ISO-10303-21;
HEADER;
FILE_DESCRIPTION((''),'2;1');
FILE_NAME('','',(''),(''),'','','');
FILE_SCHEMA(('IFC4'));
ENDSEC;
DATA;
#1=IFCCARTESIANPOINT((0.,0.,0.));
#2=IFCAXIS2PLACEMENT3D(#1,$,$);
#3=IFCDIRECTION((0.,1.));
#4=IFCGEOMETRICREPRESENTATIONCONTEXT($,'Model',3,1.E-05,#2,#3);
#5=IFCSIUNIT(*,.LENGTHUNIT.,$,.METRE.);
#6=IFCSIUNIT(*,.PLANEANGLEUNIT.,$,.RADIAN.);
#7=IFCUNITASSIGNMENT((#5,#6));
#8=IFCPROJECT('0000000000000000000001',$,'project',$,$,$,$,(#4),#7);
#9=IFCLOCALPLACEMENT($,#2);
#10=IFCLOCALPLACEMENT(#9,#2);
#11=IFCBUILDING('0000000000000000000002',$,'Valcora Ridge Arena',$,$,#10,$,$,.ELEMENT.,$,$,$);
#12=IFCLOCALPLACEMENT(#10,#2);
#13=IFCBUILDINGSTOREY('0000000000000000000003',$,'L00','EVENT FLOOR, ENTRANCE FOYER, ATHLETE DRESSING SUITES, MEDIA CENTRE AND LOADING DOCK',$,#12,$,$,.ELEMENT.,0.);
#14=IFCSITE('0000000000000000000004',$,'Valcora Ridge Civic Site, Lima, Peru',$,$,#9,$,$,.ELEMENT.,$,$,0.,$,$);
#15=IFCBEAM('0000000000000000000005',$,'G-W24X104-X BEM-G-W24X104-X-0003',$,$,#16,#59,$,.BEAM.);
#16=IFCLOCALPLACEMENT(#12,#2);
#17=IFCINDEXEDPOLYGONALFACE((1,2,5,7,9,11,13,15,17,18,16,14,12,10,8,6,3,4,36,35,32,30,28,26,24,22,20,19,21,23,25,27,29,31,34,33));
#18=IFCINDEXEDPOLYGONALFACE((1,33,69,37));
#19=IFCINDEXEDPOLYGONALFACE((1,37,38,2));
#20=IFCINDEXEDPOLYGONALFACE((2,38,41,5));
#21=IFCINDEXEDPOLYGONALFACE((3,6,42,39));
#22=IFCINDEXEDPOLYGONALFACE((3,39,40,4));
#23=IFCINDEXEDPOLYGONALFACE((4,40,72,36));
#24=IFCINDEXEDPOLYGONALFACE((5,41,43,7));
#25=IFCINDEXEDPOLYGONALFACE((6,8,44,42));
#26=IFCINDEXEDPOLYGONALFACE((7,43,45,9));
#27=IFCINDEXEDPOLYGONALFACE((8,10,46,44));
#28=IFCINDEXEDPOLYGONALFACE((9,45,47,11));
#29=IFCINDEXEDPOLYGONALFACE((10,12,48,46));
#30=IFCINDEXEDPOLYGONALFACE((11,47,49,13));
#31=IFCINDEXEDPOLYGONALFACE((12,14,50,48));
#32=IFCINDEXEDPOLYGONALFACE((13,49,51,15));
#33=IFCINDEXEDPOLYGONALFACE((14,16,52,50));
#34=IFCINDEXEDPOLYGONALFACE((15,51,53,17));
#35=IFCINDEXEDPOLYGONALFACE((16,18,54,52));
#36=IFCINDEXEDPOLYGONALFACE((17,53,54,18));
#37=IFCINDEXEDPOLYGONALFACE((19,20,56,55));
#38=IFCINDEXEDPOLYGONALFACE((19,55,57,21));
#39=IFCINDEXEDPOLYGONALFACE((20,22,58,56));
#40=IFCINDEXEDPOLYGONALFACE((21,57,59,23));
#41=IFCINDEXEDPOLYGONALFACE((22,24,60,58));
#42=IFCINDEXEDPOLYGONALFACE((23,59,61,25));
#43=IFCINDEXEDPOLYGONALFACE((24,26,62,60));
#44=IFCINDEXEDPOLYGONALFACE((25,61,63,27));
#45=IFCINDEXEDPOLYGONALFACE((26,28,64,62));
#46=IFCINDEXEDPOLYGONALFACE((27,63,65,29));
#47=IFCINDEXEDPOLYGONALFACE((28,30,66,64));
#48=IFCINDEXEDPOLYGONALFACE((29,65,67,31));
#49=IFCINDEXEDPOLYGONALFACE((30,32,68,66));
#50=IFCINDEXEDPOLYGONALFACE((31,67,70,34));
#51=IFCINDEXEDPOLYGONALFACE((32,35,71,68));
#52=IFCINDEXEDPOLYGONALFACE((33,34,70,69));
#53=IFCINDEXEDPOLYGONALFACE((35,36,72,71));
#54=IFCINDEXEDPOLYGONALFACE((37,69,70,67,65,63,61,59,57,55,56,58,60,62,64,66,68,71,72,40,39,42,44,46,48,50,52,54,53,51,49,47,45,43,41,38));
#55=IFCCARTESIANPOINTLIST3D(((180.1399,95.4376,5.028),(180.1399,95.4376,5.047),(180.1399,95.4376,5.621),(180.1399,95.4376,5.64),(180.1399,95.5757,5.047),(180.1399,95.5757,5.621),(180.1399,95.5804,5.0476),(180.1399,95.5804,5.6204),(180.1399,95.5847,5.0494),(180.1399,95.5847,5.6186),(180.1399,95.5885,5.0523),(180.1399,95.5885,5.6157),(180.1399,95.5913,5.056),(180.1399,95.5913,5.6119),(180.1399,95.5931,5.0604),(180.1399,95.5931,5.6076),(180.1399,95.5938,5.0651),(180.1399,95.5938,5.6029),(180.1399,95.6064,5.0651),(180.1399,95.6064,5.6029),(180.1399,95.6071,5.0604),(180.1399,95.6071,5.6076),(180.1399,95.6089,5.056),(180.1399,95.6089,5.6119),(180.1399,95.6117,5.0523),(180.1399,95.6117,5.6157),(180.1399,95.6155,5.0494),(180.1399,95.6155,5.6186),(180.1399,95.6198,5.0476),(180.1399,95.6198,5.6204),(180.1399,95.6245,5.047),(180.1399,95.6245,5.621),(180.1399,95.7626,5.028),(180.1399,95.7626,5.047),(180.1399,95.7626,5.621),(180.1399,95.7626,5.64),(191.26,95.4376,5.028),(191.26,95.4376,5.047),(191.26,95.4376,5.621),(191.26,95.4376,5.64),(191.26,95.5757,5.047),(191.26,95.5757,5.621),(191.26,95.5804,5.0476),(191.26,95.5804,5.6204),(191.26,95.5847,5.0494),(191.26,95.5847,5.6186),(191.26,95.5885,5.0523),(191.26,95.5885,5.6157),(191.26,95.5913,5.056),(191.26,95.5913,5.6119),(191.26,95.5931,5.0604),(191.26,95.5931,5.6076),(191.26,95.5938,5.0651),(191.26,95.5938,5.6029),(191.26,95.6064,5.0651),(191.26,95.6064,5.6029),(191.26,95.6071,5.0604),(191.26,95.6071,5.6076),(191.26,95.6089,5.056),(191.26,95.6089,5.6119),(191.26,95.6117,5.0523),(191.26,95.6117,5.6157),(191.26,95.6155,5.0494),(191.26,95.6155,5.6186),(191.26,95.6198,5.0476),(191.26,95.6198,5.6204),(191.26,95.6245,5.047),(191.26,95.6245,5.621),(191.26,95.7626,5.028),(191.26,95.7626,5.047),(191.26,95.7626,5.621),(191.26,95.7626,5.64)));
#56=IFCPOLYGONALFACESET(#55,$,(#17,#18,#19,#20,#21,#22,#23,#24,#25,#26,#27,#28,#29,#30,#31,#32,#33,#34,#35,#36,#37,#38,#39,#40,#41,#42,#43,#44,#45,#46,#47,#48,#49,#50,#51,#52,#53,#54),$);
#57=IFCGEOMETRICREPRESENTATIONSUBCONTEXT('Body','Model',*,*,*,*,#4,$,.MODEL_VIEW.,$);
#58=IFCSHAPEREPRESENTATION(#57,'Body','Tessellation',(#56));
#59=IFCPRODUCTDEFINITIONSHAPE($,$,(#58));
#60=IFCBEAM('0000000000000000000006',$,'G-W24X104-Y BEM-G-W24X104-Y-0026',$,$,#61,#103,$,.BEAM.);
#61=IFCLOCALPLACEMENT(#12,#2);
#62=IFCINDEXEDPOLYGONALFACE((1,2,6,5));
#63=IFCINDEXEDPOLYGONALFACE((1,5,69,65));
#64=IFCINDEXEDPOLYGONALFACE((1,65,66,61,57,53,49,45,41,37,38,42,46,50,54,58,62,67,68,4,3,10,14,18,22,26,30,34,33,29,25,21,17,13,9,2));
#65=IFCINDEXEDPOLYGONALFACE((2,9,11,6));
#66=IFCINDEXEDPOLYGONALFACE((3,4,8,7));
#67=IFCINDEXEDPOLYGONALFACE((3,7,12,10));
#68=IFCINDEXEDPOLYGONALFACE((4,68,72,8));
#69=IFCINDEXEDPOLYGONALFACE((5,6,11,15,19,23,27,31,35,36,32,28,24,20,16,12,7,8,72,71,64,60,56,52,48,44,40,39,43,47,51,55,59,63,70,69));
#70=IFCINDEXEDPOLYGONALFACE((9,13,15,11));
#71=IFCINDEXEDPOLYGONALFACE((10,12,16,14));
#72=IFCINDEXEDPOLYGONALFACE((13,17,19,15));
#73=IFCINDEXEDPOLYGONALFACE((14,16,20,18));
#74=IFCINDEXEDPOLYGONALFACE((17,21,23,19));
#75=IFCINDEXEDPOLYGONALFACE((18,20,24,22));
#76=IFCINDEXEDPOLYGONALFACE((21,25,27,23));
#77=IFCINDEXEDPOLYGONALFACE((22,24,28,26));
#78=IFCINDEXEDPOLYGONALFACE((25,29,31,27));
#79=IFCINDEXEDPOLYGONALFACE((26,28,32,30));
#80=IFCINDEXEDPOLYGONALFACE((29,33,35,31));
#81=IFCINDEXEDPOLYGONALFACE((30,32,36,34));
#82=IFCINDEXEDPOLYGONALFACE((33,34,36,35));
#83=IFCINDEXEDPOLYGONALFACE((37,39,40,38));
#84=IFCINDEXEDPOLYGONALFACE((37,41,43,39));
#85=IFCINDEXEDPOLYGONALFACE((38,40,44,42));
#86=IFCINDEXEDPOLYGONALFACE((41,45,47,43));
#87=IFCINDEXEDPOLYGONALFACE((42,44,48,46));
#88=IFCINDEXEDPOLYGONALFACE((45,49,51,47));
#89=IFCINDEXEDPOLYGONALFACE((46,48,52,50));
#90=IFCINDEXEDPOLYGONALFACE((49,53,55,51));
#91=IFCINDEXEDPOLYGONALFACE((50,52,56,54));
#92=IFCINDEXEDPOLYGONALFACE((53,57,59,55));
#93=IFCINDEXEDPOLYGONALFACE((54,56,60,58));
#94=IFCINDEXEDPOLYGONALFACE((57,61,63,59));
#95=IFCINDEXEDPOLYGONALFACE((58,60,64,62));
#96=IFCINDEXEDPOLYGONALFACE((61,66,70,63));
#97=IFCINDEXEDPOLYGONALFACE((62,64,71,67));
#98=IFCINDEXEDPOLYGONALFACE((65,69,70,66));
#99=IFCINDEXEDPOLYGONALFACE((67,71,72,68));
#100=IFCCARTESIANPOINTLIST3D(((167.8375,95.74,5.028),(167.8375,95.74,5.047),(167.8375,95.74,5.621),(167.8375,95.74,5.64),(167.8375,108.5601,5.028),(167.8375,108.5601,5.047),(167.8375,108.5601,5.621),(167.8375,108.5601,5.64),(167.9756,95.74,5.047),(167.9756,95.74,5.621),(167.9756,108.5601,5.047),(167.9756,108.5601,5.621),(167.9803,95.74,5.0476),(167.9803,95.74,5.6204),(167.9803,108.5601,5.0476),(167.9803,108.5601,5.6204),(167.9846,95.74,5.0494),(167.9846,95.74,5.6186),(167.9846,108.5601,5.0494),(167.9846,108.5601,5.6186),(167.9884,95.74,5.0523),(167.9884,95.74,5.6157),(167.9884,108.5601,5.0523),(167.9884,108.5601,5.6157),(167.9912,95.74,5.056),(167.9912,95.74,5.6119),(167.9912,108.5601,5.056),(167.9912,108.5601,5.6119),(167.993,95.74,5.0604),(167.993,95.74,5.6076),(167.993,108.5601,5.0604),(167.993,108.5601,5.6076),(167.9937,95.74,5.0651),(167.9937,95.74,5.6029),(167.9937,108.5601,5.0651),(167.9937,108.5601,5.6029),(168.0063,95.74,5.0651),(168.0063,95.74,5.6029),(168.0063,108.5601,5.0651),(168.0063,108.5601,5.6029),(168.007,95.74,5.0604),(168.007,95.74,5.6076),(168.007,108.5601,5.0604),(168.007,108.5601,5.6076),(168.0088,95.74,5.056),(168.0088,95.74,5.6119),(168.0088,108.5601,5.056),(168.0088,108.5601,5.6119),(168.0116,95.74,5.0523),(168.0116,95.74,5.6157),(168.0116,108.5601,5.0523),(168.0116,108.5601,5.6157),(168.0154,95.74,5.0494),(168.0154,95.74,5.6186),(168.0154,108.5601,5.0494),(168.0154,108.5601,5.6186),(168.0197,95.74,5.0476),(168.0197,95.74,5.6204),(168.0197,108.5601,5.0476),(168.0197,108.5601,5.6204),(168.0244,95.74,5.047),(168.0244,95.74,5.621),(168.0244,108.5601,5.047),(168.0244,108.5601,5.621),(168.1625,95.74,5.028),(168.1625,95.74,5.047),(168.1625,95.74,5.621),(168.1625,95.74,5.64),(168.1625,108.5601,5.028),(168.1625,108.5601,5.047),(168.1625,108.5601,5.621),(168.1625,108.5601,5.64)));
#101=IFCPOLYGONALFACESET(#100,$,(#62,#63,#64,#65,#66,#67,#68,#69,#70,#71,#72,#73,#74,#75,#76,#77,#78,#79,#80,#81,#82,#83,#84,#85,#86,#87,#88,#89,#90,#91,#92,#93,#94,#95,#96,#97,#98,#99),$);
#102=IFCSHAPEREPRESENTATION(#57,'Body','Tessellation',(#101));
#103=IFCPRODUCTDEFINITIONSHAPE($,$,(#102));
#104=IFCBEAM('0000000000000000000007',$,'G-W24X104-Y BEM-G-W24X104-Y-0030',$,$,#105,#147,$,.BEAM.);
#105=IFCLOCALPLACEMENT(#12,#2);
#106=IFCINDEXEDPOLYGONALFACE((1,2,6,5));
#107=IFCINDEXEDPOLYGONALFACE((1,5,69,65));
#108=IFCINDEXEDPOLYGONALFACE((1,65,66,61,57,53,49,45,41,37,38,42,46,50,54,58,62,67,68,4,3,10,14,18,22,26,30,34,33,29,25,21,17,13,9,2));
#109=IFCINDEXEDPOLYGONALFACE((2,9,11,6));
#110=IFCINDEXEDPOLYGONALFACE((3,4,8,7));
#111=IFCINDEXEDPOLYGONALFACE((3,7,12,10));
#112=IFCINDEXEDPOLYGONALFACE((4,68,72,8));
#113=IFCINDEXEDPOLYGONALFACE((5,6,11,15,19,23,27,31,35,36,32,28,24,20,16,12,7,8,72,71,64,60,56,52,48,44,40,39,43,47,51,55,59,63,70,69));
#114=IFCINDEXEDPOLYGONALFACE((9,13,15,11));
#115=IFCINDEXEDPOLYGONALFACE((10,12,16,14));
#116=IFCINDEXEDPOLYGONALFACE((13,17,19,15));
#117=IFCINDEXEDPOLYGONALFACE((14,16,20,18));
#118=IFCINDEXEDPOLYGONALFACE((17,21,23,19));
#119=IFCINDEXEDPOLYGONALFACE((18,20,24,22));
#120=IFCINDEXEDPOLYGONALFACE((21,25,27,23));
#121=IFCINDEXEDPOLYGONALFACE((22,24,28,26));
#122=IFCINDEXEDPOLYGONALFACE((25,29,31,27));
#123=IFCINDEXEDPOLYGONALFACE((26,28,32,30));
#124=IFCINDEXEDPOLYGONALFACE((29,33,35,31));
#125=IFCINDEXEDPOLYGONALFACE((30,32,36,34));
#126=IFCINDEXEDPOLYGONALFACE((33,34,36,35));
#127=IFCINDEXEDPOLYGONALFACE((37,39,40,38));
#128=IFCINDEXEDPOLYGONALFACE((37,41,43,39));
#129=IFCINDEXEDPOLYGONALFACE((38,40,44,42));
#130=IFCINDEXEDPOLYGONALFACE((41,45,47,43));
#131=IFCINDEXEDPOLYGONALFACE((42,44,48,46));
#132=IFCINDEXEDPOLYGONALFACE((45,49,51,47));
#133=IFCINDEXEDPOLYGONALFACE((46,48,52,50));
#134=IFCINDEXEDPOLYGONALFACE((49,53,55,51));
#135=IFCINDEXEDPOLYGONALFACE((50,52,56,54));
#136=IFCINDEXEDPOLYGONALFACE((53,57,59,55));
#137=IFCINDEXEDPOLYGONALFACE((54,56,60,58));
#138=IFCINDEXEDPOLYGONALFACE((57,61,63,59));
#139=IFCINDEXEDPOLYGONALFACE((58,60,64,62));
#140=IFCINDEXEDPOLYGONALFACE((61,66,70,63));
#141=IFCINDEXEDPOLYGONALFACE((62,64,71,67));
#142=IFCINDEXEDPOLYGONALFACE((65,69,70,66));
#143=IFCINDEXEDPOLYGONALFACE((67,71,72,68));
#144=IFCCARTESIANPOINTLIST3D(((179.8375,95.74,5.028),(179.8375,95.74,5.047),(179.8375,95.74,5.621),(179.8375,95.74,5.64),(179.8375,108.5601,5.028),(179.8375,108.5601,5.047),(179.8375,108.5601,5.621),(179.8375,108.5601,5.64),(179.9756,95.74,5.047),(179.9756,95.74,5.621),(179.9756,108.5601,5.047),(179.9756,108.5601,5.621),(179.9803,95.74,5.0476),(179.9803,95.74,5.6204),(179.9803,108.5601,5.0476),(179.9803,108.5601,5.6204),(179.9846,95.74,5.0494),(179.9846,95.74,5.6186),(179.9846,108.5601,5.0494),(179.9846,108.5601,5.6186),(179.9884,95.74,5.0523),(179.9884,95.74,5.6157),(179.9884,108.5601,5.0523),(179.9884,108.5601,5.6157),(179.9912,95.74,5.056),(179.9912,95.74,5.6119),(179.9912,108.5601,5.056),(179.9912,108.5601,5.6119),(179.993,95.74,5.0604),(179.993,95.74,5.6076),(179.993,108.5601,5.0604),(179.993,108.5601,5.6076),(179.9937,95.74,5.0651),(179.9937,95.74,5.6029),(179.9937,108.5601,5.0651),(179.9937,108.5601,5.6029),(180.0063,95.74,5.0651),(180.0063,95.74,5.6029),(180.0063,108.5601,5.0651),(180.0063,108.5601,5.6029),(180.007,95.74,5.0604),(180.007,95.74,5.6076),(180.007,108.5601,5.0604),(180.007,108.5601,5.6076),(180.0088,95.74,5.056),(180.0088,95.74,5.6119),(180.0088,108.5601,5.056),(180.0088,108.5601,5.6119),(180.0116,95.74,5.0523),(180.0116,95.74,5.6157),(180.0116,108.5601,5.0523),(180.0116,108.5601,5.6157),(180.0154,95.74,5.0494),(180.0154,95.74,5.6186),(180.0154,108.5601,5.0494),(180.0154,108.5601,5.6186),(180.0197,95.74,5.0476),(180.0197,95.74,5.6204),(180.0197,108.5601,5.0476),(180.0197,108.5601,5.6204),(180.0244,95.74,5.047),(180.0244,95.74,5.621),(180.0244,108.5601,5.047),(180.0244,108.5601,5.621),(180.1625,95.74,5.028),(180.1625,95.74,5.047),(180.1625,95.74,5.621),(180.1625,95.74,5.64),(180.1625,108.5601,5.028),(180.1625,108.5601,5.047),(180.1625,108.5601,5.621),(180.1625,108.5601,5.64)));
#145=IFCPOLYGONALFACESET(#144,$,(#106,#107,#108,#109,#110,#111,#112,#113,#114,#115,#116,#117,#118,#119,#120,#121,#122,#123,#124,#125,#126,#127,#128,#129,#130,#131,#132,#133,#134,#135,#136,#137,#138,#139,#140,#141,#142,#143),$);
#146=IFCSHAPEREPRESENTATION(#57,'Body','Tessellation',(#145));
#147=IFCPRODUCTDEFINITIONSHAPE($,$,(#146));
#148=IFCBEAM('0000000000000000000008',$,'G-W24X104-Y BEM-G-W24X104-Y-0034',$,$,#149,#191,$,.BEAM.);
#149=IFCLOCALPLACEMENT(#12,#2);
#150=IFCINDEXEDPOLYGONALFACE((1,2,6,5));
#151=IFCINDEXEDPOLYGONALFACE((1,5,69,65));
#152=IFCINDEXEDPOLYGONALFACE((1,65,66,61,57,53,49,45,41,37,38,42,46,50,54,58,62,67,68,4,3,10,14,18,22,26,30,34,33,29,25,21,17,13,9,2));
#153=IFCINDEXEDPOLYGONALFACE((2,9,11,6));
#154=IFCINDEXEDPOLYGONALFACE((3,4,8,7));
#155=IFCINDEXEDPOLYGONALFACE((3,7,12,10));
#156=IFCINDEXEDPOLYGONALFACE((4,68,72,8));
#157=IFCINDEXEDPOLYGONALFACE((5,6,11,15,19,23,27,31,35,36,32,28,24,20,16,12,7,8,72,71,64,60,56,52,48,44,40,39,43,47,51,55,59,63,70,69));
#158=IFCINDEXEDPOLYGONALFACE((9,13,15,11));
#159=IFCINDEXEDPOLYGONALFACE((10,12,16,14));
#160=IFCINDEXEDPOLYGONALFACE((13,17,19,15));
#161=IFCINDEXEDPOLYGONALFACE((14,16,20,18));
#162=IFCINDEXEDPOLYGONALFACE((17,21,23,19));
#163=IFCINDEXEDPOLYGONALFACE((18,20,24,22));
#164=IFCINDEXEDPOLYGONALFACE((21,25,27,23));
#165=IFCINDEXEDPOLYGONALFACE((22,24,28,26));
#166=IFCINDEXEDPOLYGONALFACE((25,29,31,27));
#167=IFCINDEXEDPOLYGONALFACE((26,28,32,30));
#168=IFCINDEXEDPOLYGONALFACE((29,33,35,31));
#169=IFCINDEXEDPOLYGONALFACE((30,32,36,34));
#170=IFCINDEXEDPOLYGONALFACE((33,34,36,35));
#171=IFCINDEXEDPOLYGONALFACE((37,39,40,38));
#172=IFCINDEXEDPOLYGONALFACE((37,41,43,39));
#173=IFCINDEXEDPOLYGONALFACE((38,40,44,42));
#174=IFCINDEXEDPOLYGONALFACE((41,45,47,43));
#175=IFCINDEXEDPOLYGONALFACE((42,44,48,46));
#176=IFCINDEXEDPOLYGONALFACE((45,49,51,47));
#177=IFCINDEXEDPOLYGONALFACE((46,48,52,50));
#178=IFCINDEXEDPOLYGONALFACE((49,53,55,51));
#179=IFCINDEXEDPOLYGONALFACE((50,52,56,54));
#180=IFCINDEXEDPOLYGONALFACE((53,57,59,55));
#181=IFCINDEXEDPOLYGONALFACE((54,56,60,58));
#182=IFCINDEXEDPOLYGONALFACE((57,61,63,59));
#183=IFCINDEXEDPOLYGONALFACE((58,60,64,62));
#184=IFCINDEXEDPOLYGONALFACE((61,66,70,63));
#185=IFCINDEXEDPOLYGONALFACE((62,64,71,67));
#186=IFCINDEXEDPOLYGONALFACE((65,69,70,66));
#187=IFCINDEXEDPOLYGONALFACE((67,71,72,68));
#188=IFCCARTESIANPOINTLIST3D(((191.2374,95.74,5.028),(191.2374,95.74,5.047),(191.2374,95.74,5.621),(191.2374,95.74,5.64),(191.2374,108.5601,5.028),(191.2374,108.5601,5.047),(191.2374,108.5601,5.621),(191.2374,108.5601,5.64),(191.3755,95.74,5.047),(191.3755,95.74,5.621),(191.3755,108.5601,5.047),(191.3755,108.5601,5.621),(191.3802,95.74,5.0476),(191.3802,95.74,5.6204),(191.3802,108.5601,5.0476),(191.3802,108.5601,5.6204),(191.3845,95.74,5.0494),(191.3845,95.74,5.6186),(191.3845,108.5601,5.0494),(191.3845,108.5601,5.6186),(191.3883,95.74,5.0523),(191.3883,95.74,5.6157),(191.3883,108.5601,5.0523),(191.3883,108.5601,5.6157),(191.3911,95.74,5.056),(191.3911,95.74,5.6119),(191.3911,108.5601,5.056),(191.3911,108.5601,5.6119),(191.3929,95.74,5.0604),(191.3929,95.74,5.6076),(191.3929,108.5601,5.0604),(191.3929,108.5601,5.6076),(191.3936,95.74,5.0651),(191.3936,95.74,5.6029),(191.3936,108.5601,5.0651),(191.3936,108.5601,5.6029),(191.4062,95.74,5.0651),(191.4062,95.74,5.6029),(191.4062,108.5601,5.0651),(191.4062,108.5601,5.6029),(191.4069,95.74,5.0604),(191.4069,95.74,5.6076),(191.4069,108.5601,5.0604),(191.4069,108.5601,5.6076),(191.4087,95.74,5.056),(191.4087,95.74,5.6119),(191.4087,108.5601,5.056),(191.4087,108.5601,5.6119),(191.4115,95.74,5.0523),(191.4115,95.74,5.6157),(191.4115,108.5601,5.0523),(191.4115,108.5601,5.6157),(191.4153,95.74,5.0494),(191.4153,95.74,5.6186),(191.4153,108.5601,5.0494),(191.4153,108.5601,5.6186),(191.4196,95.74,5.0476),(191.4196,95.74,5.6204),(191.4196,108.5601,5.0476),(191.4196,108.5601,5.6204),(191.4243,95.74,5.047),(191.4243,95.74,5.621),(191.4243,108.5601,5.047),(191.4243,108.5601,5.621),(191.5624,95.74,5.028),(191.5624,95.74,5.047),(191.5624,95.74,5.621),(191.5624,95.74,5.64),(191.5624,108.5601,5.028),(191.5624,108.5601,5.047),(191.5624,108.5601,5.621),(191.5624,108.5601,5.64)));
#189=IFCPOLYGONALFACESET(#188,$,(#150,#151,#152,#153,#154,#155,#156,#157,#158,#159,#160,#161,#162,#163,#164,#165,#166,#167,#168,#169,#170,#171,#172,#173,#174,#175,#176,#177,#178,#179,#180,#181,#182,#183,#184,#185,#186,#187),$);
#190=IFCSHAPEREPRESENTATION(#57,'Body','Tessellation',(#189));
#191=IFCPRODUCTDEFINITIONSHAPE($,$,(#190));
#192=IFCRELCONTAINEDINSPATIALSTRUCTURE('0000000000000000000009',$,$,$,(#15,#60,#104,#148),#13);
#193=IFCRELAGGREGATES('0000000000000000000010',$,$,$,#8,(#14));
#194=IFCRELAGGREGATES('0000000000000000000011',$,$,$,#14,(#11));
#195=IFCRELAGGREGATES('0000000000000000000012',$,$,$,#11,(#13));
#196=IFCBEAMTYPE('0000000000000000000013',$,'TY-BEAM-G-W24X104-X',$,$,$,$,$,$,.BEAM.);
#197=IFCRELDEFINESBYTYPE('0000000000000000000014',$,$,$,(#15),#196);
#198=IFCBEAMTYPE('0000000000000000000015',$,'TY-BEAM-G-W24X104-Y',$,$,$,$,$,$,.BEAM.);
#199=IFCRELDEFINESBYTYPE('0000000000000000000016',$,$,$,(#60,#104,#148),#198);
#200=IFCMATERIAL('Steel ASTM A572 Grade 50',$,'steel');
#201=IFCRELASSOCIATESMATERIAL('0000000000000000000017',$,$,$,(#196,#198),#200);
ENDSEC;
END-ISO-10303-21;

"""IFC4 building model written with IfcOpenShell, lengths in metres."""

from ifc_helpers import new_model, si_unit, direction, frame, origin, origin_2d, place, context, subcontext, project, spatial, i_section, extrude, material, material_profile, profile_set, type_object, element, save


model = new_model("IFC4")

# Units and contexts
model_context = context("Model", 3, precision=1e-05, world=origin(), true_north=direction((0.0, 1.0)))
body_context = subcontext(model_context, "Body", "Model", "MODEL_VIEW")
ifc_project = project(units=[si_unit("LENGTHUNIT", "METRE"), si_unit("PLANEANGLEUNIT", "RADIAN")], contexts=[model_context])

# Site, building, storey
site_placement = place(None, origin())
site = spatial("IfcSite", under=ifc_project, at=site_placement, Name="Valcora Ridge Civic Site, Lima, Peru", CompositionType="ELEMENT", RefElevation=0.0)
building_placement = place(site_placement, origin())
building = spatial("IfcBuilding", under=site, at=building_placement, Name="Valcora Ridge Arena", CompositionType="ELEMENT")
storey_placement = place(building_placement, origin())
storey = spatial("IfcBuildingStorey", under=building, at=storey_placement, Name="L00", Description="EVENT FLOOR, ENTRANCE FOYER, ATHLETE DRESSING SUITES, MEDIA CENTRE AND LOADING DOCK", CompositionType="ELEMENT", Elevation=0.0)

# Beams
ifc_material_1 = material(Name="Steel ASTM A572 Grade 50", Category="steel")
ifc_material_profile_1 = material_profile(ifc_material_1, i_section(OverallWidth=0.325, OverallDepth=0.6121, WebThickness=0.0127, FlangeThickness=0.019, FilletRadius=0.0181, at=origin_2d()), Name="W24X104")
ifc_profile_set_1 = profile_set([ifc_material_profile_1], Name="Steel ASTM A572 Grade 50")
beam_type_1 = type_object("IfcBeamType", Name="TY-BEAM-G-W24X104-X", PredefinedType="BEAM", material=ifc_profile_set_1)
beam_1_placement = place(storey_placement, frame((180.1399, 95.6001, 5.334), z_axis=(1.0, 0.0, 0.0), x_axis=(0.0, 1.0, 0.0)))
element("IfcBeam", 1, at=beam_1_placement, inside=storey, type_object=beam_type_1, Name="G-W24X104-X BEM-G-W24X104-X-0003", PredefinedType="BEAM", context=body_context, shape_type="SweptSolid", body=[
    extrude(i_section(OverallWidth=0.325, OverallDepth=0.6121, WebThickness=0.0127, FlangeThickness=0.019, FilletRadius=0.0181, at=origin_2d()), origin(), (0.0, 0.0, 1.0), 11.1201),
])
ifc_material_profile_2 = material_profile(ifc_material_1, i_section(OverallWidth=0.325, OverallDepth=0.6121, WebThickness=0.0127, FlangeThickness=0.019, FilletRadius=0.0181, at=origin_2d()), Name="W24X104")
ifc_profile_set_2 = profile_set([ifc_material_profile_2], Name="Steel ASTM A572 Grade 50")
beam_type_2 = type_object("IfcBeamType", Name="TY-BEAM-G-W24X104-Y", PredefinedType="BEAM", material=ifc_profile_set_2)
for number, where, z_axis, x_axis, name in (
    (2, (168.0, 95.74, 5.334), (0.0, 1.0, 0.0), (-1.0, 0.0, 0.0), "G-W24X104-Y BEM-G-W24X104-Y-0026"),
    (3, (180.0, 95.74, 5.334), (0.0, 1.0, 0.0), (-1.0, 0.0, 0.0), "G-W24X104-Y BEM-G-W24X104-Y-0030"),
    (4, (191.3999, 95.74, 5.334), (0.0, 1.0, 0.0), (-1.0, 0.0, 0.0), "G-W24X104-Y BEM-G-W24X104-Y-0034"),
):
    element("IfcBeam", number, at=place(storey_placement, frame(where, z_axis=z_axis, x_axis=x_axis)), inside=storey, type_object=beam_type_2, Name=name, PredefinedType="BEAM", context=body_context, shape_type="SweptSolid", body=[
        extrude(i_section(OverallWidth=0.325, OverallDepth=0.6121, WebThickness=0.0127, FlangeThickness=0.019, FilletRadius=0.0181, at=origin_2d()), origin(), (0.0, 0.0, 1.0), 12.8201),
    ])

save(model, "model.ifc")
